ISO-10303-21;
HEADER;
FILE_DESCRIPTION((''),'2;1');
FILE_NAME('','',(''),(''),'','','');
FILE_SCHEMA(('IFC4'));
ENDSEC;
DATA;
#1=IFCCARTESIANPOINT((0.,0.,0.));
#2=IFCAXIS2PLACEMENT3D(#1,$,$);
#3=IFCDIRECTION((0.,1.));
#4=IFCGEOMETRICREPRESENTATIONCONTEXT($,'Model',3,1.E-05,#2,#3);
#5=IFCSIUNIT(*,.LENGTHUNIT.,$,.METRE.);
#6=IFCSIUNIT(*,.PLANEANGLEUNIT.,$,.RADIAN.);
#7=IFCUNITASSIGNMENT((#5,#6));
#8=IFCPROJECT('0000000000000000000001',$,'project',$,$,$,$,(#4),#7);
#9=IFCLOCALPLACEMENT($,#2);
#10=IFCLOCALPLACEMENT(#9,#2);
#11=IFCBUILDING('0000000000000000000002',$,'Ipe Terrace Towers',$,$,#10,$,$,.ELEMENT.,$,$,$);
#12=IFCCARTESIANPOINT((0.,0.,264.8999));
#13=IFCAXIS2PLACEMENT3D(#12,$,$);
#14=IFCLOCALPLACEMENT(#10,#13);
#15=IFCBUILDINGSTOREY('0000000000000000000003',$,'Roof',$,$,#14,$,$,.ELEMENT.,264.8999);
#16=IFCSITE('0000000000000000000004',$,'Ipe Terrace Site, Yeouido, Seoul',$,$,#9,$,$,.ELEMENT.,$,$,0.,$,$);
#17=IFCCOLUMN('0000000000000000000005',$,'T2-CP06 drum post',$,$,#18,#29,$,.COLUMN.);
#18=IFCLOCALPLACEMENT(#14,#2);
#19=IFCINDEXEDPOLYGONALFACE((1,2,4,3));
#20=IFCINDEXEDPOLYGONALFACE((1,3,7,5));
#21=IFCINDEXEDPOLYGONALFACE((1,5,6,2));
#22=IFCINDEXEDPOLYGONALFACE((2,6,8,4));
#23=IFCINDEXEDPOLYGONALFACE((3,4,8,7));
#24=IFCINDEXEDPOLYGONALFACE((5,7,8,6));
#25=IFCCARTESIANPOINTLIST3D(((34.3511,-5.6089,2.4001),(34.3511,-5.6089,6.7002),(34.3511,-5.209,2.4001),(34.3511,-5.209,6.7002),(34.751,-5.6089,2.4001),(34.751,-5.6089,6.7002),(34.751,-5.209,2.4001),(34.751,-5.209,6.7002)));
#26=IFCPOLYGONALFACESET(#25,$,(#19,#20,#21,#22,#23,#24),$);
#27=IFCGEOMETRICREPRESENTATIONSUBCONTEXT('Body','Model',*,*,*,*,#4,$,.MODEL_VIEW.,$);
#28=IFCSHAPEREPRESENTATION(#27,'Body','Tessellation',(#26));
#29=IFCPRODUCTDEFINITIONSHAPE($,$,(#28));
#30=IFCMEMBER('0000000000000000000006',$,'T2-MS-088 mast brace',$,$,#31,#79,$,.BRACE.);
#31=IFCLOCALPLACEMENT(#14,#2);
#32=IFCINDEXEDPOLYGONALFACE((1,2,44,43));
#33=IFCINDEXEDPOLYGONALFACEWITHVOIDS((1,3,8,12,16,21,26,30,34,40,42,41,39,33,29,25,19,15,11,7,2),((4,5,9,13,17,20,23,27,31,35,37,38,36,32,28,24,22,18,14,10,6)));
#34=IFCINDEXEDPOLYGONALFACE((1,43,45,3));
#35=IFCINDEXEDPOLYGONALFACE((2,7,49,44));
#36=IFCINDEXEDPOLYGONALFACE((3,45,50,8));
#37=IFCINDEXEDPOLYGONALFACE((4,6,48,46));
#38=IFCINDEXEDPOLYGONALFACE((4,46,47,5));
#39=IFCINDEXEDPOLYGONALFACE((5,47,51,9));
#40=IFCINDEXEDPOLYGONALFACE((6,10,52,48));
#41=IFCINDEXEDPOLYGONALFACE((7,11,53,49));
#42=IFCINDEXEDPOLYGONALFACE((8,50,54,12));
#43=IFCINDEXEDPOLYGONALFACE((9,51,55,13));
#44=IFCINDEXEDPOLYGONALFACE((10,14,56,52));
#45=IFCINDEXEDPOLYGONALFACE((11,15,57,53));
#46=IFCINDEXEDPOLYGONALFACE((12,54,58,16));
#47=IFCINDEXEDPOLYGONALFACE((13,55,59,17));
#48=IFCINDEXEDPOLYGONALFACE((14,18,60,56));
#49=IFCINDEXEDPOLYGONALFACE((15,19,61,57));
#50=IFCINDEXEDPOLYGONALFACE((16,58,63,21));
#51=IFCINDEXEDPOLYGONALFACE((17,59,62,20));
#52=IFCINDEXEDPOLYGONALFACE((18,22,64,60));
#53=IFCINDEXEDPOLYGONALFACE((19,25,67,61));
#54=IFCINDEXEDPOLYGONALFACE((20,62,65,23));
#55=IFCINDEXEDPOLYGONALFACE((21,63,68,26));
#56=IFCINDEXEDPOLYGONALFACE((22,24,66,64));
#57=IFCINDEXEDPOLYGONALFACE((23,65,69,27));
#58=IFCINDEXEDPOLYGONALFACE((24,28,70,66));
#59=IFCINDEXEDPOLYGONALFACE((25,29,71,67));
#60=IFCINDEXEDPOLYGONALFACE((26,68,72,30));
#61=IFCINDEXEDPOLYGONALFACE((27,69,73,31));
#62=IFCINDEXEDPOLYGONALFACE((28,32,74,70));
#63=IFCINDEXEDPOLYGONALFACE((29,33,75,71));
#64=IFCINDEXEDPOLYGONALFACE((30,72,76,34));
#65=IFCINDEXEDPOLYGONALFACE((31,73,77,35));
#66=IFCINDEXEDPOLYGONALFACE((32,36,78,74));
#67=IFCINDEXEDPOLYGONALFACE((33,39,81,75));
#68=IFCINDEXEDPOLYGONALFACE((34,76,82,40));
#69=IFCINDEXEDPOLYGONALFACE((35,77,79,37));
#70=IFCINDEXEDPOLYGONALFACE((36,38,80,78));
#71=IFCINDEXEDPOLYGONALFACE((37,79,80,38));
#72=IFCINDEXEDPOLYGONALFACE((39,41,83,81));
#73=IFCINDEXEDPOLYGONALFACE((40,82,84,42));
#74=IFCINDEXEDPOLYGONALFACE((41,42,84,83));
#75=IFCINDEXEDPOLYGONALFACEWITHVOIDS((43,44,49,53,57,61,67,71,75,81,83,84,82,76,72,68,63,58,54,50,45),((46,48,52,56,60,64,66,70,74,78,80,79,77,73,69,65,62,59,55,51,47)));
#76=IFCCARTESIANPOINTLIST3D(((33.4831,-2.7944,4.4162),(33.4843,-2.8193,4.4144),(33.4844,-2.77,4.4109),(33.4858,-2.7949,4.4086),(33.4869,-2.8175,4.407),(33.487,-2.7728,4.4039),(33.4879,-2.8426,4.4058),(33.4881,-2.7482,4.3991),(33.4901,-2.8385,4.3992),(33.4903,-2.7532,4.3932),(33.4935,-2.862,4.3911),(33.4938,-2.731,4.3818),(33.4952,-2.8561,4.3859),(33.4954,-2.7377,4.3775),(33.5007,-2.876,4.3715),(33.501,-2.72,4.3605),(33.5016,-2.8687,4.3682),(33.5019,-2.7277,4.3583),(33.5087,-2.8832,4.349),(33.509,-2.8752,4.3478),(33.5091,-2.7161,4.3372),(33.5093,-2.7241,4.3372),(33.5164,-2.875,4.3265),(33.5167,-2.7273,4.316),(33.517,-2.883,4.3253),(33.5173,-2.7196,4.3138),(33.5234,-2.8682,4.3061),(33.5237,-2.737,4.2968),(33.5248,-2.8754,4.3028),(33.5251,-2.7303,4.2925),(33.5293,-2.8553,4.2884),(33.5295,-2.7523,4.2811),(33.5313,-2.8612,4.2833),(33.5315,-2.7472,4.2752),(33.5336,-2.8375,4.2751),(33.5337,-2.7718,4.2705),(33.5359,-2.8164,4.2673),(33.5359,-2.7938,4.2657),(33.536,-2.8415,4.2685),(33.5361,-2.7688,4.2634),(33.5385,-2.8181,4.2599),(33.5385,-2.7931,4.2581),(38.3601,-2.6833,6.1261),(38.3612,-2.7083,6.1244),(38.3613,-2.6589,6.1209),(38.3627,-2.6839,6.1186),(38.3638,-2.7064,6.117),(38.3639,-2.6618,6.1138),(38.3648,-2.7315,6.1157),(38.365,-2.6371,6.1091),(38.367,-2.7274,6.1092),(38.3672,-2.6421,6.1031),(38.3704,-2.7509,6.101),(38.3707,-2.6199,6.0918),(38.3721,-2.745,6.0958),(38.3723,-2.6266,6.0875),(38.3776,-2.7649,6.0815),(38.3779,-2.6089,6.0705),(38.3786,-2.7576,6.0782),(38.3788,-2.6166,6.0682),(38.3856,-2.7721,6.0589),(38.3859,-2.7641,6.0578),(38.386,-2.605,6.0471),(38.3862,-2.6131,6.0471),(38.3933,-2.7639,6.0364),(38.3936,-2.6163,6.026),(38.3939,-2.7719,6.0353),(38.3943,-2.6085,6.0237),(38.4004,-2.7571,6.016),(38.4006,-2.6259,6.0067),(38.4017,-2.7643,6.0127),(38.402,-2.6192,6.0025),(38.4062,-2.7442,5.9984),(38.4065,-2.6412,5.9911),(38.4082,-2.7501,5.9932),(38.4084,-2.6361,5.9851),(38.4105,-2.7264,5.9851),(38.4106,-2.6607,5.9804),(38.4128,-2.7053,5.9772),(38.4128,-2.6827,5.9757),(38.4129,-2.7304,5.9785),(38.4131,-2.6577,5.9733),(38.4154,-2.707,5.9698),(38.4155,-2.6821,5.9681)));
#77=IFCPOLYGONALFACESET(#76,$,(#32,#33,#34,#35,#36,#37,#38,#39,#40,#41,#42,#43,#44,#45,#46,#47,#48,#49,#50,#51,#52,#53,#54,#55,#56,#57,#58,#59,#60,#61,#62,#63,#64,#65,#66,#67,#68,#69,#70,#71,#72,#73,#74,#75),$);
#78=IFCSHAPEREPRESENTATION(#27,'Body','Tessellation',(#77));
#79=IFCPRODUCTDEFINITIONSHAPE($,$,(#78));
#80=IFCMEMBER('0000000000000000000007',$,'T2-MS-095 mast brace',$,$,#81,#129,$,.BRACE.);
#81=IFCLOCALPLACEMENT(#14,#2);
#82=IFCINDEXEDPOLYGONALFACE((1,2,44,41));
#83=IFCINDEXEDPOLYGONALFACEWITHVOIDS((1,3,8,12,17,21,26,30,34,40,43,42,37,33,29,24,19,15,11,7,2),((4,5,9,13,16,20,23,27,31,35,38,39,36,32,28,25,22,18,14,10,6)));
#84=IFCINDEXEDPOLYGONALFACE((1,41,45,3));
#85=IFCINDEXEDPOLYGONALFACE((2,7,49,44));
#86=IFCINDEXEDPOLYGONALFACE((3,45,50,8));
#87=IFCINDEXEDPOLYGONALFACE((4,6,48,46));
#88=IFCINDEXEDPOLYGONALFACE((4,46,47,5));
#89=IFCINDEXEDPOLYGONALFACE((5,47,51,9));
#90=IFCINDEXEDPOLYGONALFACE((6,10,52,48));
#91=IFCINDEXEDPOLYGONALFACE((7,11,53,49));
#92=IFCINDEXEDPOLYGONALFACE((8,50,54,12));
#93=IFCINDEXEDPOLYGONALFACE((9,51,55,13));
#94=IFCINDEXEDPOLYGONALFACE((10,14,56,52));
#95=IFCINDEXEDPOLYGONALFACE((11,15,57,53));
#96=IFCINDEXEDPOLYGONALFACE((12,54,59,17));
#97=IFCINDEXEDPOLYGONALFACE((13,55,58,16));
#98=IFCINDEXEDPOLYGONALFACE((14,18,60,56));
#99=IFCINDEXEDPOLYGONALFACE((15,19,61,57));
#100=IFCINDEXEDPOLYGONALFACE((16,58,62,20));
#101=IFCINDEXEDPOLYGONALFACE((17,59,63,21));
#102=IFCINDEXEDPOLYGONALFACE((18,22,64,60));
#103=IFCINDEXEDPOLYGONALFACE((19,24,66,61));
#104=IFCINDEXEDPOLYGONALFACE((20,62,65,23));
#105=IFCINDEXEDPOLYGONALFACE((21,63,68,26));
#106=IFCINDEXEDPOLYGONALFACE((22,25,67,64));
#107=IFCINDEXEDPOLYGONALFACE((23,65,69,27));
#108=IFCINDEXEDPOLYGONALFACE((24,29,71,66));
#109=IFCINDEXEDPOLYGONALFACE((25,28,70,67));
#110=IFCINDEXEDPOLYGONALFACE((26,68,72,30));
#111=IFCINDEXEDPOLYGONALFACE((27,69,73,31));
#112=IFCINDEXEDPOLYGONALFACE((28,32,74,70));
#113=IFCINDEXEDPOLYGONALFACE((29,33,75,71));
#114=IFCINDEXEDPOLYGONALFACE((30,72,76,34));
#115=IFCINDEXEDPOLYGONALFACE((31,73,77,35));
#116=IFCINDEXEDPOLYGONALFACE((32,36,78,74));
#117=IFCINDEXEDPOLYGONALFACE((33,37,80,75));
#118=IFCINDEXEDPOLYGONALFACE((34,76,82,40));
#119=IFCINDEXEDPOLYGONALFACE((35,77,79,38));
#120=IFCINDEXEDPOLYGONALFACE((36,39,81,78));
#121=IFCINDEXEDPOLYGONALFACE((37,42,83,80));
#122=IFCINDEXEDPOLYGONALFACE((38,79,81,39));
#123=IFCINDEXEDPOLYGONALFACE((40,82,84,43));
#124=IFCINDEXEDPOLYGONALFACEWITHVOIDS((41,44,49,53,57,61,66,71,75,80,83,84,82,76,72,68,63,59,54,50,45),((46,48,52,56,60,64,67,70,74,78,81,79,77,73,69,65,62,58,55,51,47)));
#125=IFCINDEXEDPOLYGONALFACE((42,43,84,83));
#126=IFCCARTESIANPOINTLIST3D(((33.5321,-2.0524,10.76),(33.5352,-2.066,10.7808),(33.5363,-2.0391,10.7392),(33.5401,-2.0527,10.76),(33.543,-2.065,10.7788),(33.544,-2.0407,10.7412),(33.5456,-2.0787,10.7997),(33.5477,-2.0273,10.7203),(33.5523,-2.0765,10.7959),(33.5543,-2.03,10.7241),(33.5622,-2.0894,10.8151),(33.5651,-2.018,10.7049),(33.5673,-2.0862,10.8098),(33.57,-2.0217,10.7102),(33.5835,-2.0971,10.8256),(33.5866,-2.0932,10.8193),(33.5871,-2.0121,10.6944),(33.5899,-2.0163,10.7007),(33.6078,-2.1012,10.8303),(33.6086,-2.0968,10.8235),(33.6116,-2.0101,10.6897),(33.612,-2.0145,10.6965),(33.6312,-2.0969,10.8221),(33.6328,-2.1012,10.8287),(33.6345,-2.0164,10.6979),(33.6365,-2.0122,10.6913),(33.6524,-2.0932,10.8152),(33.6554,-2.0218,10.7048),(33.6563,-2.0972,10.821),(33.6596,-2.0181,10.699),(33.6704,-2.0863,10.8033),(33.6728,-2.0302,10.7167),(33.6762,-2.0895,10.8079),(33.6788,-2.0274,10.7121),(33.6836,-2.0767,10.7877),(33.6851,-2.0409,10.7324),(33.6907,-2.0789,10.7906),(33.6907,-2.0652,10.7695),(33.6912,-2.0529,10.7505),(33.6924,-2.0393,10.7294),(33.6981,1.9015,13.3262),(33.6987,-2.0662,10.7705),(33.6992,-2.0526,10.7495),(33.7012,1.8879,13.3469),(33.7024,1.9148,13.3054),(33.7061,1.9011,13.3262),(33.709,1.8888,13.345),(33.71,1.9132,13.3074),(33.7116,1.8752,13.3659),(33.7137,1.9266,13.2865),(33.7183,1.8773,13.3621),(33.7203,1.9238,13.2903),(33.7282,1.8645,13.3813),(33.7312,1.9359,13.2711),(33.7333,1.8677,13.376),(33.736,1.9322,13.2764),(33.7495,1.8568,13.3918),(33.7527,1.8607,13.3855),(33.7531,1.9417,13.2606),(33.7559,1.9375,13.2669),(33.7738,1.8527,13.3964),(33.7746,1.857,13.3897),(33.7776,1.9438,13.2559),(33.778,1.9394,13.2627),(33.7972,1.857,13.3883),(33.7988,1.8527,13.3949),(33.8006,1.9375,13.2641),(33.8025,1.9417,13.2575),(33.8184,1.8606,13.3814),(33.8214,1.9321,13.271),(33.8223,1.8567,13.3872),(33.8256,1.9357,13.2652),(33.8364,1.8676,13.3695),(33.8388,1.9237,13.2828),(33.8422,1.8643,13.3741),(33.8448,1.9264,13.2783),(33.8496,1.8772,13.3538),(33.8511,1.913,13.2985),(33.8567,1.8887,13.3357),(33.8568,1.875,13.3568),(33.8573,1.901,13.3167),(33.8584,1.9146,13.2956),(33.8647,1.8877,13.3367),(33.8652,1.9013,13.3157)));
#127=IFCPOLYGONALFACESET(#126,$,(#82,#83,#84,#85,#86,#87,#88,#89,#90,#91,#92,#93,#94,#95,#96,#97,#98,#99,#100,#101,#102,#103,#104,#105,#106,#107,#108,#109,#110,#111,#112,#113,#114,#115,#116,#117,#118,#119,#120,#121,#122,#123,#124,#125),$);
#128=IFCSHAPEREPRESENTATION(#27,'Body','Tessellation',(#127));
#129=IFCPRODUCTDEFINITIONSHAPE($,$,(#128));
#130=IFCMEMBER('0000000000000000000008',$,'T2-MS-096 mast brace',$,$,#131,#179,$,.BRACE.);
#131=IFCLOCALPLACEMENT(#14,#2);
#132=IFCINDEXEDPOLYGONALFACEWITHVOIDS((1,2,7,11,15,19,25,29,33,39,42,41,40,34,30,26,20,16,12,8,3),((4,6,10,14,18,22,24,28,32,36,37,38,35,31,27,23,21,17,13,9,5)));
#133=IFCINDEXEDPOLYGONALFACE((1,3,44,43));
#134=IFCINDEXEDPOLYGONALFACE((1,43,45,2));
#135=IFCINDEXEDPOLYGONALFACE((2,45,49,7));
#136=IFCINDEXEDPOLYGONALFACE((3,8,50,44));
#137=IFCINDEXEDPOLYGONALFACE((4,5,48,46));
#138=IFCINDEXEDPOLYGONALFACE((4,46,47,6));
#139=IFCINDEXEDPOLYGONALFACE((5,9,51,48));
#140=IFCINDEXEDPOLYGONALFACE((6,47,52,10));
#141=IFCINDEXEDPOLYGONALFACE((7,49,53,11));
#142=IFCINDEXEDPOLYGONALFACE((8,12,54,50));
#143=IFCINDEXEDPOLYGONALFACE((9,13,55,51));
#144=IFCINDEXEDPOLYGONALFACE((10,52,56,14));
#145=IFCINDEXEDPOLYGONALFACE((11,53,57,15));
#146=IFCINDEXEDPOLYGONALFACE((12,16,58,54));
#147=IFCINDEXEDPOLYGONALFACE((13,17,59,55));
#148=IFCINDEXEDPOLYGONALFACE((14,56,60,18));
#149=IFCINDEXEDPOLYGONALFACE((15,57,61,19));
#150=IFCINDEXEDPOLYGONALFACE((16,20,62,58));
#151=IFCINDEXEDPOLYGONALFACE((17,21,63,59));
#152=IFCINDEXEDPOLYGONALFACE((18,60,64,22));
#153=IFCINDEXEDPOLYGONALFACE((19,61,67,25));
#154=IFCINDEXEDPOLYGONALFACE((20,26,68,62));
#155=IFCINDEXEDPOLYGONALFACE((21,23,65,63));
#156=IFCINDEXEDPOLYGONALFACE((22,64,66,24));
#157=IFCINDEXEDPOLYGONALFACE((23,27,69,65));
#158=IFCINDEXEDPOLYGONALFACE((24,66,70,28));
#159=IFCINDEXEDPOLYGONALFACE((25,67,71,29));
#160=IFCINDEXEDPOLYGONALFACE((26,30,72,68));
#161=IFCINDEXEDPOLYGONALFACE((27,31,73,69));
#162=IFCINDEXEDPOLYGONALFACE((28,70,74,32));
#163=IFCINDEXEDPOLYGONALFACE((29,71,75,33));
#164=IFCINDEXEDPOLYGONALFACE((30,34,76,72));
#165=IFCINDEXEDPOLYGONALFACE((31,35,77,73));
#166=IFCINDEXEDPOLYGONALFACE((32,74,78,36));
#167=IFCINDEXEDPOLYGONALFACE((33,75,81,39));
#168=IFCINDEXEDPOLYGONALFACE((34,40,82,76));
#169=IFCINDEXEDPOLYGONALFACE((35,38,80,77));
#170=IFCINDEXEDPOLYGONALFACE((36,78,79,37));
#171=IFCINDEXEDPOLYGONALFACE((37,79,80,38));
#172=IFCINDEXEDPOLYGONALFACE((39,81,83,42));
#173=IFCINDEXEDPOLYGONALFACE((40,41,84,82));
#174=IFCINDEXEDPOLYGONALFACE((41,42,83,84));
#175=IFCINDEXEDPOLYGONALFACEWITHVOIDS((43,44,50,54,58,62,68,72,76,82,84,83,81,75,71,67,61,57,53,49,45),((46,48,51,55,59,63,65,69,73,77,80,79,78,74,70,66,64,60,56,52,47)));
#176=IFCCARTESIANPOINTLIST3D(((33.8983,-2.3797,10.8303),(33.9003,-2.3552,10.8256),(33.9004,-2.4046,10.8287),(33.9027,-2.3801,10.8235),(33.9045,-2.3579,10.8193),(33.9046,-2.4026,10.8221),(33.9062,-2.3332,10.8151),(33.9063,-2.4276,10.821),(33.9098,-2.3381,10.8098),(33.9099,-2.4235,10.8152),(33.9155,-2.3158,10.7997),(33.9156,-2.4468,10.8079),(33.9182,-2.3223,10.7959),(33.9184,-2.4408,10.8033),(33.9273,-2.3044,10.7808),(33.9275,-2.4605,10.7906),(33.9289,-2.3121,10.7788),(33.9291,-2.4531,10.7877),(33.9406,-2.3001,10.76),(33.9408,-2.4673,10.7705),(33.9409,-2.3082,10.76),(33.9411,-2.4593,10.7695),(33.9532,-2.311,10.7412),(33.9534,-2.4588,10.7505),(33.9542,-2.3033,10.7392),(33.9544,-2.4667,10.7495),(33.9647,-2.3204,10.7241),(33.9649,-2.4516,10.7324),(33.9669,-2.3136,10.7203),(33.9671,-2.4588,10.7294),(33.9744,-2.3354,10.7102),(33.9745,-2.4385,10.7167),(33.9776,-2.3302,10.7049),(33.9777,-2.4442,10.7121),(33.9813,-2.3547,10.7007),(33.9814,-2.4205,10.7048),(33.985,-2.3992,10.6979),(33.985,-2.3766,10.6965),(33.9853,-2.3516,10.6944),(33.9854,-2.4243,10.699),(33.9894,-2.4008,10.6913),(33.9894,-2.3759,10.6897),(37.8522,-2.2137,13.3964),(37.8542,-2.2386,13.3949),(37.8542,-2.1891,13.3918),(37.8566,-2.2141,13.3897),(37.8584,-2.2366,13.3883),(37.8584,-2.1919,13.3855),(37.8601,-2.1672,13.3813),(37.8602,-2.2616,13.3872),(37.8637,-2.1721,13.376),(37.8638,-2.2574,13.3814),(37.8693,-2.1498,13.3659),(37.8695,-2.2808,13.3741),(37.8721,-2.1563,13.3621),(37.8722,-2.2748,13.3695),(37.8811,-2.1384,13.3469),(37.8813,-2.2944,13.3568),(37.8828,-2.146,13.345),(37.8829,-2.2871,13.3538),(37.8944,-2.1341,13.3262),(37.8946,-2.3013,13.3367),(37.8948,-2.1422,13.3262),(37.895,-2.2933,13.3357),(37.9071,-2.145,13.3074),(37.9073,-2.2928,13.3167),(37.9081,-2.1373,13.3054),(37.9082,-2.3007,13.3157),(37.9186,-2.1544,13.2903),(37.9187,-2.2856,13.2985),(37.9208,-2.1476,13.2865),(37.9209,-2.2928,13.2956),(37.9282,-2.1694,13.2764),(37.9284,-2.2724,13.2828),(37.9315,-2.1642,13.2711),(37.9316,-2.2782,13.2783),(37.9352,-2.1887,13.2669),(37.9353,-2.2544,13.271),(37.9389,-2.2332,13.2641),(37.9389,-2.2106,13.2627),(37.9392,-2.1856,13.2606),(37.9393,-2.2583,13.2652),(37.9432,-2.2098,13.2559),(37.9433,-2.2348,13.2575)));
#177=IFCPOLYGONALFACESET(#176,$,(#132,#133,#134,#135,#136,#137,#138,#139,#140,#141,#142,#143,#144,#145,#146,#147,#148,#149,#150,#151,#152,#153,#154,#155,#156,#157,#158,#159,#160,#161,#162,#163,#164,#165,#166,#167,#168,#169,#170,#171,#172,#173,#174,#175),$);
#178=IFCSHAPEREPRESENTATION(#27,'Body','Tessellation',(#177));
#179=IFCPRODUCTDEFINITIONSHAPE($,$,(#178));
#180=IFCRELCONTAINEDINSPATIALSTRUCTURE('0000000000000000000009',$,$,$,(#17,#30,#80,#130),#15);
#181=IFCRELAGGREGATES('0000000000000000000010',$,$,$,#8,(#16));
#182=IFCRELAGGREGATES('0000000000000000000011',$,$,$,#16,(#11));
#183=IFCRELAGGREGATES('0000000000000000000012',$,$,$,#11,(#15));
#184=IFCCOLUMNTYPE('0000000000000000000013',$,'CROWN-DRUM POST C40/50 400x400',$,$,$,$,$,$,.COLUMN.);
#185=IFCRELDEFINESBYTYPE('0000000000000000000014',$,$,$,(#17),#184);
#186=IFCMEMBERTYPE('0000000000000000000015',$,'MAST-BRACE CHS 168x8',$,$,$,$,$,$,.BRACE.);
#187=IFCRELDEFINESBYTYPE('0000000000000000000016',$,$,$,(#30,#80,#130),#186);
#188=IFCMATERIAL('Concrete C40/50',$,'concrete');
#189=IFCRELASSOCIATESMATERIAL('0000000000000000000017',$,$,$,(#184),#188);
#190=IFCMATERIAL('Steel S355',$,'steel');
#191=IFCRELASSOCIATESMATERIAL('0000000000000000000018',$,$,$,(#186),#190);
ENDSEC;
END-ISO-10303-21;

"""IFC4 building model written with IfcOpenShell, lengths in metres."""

from ifc_helpers import new_model, si_unit, direction, frame, origin, origin_2d, place, context, subcontext, project, spatial, rectangle, hollow_circle, extrude, material, material_profile, profile_set, type_object, element, save


model = new_model("IFC4")

# Units and contexts
model_context = context("Model", 3, precision=1e-05, world=origin(), true_north=direction((0.0, 1.0)))
body_context = subcontext(model_context, "Body", "Model", "MODEL_VIEW")
ifc_project = project(units=[si_unit("LENGTHUNIT", "METRE"), si_unit("PLANEANGLEUNIT", "RADIAN")], contexts=[model_context])

# Site, building, storey
site_placement = place(None, origin())
site = spatial("IfcSite", under=ifc_project, at=site_placement, Name="Ipe Terrace Site, Yeouido, Seoul", CompositionType="ELEMENT", RefElevation=0.0)
building_placement = place(site_placement, origin())
building = spatial("IfcBuilding", under=site, at=building_placement, Name="Ipe Terrace Towers", CompositionType="ELEMENT")
storey_placement = place(building_placement, frame((0.0, 0.0, 264.8999)))
storey = spatial("IfcBuildingStorey", under=building, at=storey_placement, Name="Roof", CompositionType="ELEMENT", Elevation=264.8999)

# Column
ifc_material_1 = material(Name="Concrete C40/50", Category="concrete")
ifc_material_profile_1 = material_profile(ifc_material_1, rectangle(XDim=0.3999, YDim=0.3999, at=origin_2d()), Name="CROWN-DRUM POST C40/50 400x400")
ifc_profile_set_1 = profile_set([ifc_material_profile_1], Name="Concrete C40/50")
column_type = type_object("IfcColumnType", Name="CROWN-DRUM POST C40/50 400x400", PredefinedType="COLUMN", material=ifc_profile_set_1)
column_placement = place(storey_placement, frame((34.551, -5.4089, 2.4001), z_axis=(0.0, 0.0, 1.0), x_axis=(1.0, 0.0, 0.0)))
element("IfcColumn", 1, at=column_placement, inside=storey, type_object=column_type, Name="T2-CP06 drum post", PredefinedType="COLUMN", context=body_context, shape_type="SweptSolid", body=[
    extrude(rectangle(XDim=0.3999, YDim=0.3999, at=origin_2d()), origin(), (0.0, 0.0, 1.0), 4.3),
])

# Members
ifc_material_2 = material(Name="Steel S355", Category="steel")
ifc_material_profile_2 = material_profile(ifc_material_2, hollow_circle(Radius=0.084, WallThickness=0.0081, at=origin_2d()), Name="MAST-BRACE CHS 168x8")
ifc_profile_set_2 = profile_set([ifc_material_profile_2], Name="Steel S355")
member_type_1 = type_object("IfcMemberType", Name="MAST-BRACE CHS 168x8", PredefinedType="BRACE", material=ifc_profile_set_2)
member_1_placement = place(storey_placement, frame((33.511, -2.8, 4.3372), z_axis=(0.943458, 0.021489, 0.330796), x_axis=(-0.022771, 0.999741, 0.0)))
element("IfcMember", 2, at=member_1_placement, inside=storey, type_object=member_type_1, Name="T2-MS-088 mast brace", PredefinedType="BRACE", context=body_context, shape_type="SweptSolid", body=[
    extrude(hollow_circle(Radius=0.084, WallThickness=0.0081, at=origin_2d()), origin(), (0.0, 0.0, 1.0), 5.1692),
])
for number, where, z_axis, x_axis, name in (
    (3, (33.616, -2.0559, 10.76), (0.035199, 0.838296, 0.544077), (-0.99912, 0.041951, 0.0), "T2-MS-095 mast brace"),
    (4, (33.9441, -2.384, 10.76), (0.838296, 0.035199, 0.544077), (-0.041951, 0.99912, 0.0), "T2-MS-096 mast brace"),
):
    element("IfcMember", number, at=place(storey_placement, frame(where, z_axis=z_axis, x_axis=x_axis)), inside=storey, type_object=member_type_1, Name=name, PredefinedType="BRACE", context=body_context, shape_type="SweptSolid", body=[
        extrude(hollow_circle(Radius=0.084, WallThickness=0.0081, at=origin_2d()), origin(), (0.0, 0.0, 1.0), 4.7166),
    ])

save(model, "model.ifc")
